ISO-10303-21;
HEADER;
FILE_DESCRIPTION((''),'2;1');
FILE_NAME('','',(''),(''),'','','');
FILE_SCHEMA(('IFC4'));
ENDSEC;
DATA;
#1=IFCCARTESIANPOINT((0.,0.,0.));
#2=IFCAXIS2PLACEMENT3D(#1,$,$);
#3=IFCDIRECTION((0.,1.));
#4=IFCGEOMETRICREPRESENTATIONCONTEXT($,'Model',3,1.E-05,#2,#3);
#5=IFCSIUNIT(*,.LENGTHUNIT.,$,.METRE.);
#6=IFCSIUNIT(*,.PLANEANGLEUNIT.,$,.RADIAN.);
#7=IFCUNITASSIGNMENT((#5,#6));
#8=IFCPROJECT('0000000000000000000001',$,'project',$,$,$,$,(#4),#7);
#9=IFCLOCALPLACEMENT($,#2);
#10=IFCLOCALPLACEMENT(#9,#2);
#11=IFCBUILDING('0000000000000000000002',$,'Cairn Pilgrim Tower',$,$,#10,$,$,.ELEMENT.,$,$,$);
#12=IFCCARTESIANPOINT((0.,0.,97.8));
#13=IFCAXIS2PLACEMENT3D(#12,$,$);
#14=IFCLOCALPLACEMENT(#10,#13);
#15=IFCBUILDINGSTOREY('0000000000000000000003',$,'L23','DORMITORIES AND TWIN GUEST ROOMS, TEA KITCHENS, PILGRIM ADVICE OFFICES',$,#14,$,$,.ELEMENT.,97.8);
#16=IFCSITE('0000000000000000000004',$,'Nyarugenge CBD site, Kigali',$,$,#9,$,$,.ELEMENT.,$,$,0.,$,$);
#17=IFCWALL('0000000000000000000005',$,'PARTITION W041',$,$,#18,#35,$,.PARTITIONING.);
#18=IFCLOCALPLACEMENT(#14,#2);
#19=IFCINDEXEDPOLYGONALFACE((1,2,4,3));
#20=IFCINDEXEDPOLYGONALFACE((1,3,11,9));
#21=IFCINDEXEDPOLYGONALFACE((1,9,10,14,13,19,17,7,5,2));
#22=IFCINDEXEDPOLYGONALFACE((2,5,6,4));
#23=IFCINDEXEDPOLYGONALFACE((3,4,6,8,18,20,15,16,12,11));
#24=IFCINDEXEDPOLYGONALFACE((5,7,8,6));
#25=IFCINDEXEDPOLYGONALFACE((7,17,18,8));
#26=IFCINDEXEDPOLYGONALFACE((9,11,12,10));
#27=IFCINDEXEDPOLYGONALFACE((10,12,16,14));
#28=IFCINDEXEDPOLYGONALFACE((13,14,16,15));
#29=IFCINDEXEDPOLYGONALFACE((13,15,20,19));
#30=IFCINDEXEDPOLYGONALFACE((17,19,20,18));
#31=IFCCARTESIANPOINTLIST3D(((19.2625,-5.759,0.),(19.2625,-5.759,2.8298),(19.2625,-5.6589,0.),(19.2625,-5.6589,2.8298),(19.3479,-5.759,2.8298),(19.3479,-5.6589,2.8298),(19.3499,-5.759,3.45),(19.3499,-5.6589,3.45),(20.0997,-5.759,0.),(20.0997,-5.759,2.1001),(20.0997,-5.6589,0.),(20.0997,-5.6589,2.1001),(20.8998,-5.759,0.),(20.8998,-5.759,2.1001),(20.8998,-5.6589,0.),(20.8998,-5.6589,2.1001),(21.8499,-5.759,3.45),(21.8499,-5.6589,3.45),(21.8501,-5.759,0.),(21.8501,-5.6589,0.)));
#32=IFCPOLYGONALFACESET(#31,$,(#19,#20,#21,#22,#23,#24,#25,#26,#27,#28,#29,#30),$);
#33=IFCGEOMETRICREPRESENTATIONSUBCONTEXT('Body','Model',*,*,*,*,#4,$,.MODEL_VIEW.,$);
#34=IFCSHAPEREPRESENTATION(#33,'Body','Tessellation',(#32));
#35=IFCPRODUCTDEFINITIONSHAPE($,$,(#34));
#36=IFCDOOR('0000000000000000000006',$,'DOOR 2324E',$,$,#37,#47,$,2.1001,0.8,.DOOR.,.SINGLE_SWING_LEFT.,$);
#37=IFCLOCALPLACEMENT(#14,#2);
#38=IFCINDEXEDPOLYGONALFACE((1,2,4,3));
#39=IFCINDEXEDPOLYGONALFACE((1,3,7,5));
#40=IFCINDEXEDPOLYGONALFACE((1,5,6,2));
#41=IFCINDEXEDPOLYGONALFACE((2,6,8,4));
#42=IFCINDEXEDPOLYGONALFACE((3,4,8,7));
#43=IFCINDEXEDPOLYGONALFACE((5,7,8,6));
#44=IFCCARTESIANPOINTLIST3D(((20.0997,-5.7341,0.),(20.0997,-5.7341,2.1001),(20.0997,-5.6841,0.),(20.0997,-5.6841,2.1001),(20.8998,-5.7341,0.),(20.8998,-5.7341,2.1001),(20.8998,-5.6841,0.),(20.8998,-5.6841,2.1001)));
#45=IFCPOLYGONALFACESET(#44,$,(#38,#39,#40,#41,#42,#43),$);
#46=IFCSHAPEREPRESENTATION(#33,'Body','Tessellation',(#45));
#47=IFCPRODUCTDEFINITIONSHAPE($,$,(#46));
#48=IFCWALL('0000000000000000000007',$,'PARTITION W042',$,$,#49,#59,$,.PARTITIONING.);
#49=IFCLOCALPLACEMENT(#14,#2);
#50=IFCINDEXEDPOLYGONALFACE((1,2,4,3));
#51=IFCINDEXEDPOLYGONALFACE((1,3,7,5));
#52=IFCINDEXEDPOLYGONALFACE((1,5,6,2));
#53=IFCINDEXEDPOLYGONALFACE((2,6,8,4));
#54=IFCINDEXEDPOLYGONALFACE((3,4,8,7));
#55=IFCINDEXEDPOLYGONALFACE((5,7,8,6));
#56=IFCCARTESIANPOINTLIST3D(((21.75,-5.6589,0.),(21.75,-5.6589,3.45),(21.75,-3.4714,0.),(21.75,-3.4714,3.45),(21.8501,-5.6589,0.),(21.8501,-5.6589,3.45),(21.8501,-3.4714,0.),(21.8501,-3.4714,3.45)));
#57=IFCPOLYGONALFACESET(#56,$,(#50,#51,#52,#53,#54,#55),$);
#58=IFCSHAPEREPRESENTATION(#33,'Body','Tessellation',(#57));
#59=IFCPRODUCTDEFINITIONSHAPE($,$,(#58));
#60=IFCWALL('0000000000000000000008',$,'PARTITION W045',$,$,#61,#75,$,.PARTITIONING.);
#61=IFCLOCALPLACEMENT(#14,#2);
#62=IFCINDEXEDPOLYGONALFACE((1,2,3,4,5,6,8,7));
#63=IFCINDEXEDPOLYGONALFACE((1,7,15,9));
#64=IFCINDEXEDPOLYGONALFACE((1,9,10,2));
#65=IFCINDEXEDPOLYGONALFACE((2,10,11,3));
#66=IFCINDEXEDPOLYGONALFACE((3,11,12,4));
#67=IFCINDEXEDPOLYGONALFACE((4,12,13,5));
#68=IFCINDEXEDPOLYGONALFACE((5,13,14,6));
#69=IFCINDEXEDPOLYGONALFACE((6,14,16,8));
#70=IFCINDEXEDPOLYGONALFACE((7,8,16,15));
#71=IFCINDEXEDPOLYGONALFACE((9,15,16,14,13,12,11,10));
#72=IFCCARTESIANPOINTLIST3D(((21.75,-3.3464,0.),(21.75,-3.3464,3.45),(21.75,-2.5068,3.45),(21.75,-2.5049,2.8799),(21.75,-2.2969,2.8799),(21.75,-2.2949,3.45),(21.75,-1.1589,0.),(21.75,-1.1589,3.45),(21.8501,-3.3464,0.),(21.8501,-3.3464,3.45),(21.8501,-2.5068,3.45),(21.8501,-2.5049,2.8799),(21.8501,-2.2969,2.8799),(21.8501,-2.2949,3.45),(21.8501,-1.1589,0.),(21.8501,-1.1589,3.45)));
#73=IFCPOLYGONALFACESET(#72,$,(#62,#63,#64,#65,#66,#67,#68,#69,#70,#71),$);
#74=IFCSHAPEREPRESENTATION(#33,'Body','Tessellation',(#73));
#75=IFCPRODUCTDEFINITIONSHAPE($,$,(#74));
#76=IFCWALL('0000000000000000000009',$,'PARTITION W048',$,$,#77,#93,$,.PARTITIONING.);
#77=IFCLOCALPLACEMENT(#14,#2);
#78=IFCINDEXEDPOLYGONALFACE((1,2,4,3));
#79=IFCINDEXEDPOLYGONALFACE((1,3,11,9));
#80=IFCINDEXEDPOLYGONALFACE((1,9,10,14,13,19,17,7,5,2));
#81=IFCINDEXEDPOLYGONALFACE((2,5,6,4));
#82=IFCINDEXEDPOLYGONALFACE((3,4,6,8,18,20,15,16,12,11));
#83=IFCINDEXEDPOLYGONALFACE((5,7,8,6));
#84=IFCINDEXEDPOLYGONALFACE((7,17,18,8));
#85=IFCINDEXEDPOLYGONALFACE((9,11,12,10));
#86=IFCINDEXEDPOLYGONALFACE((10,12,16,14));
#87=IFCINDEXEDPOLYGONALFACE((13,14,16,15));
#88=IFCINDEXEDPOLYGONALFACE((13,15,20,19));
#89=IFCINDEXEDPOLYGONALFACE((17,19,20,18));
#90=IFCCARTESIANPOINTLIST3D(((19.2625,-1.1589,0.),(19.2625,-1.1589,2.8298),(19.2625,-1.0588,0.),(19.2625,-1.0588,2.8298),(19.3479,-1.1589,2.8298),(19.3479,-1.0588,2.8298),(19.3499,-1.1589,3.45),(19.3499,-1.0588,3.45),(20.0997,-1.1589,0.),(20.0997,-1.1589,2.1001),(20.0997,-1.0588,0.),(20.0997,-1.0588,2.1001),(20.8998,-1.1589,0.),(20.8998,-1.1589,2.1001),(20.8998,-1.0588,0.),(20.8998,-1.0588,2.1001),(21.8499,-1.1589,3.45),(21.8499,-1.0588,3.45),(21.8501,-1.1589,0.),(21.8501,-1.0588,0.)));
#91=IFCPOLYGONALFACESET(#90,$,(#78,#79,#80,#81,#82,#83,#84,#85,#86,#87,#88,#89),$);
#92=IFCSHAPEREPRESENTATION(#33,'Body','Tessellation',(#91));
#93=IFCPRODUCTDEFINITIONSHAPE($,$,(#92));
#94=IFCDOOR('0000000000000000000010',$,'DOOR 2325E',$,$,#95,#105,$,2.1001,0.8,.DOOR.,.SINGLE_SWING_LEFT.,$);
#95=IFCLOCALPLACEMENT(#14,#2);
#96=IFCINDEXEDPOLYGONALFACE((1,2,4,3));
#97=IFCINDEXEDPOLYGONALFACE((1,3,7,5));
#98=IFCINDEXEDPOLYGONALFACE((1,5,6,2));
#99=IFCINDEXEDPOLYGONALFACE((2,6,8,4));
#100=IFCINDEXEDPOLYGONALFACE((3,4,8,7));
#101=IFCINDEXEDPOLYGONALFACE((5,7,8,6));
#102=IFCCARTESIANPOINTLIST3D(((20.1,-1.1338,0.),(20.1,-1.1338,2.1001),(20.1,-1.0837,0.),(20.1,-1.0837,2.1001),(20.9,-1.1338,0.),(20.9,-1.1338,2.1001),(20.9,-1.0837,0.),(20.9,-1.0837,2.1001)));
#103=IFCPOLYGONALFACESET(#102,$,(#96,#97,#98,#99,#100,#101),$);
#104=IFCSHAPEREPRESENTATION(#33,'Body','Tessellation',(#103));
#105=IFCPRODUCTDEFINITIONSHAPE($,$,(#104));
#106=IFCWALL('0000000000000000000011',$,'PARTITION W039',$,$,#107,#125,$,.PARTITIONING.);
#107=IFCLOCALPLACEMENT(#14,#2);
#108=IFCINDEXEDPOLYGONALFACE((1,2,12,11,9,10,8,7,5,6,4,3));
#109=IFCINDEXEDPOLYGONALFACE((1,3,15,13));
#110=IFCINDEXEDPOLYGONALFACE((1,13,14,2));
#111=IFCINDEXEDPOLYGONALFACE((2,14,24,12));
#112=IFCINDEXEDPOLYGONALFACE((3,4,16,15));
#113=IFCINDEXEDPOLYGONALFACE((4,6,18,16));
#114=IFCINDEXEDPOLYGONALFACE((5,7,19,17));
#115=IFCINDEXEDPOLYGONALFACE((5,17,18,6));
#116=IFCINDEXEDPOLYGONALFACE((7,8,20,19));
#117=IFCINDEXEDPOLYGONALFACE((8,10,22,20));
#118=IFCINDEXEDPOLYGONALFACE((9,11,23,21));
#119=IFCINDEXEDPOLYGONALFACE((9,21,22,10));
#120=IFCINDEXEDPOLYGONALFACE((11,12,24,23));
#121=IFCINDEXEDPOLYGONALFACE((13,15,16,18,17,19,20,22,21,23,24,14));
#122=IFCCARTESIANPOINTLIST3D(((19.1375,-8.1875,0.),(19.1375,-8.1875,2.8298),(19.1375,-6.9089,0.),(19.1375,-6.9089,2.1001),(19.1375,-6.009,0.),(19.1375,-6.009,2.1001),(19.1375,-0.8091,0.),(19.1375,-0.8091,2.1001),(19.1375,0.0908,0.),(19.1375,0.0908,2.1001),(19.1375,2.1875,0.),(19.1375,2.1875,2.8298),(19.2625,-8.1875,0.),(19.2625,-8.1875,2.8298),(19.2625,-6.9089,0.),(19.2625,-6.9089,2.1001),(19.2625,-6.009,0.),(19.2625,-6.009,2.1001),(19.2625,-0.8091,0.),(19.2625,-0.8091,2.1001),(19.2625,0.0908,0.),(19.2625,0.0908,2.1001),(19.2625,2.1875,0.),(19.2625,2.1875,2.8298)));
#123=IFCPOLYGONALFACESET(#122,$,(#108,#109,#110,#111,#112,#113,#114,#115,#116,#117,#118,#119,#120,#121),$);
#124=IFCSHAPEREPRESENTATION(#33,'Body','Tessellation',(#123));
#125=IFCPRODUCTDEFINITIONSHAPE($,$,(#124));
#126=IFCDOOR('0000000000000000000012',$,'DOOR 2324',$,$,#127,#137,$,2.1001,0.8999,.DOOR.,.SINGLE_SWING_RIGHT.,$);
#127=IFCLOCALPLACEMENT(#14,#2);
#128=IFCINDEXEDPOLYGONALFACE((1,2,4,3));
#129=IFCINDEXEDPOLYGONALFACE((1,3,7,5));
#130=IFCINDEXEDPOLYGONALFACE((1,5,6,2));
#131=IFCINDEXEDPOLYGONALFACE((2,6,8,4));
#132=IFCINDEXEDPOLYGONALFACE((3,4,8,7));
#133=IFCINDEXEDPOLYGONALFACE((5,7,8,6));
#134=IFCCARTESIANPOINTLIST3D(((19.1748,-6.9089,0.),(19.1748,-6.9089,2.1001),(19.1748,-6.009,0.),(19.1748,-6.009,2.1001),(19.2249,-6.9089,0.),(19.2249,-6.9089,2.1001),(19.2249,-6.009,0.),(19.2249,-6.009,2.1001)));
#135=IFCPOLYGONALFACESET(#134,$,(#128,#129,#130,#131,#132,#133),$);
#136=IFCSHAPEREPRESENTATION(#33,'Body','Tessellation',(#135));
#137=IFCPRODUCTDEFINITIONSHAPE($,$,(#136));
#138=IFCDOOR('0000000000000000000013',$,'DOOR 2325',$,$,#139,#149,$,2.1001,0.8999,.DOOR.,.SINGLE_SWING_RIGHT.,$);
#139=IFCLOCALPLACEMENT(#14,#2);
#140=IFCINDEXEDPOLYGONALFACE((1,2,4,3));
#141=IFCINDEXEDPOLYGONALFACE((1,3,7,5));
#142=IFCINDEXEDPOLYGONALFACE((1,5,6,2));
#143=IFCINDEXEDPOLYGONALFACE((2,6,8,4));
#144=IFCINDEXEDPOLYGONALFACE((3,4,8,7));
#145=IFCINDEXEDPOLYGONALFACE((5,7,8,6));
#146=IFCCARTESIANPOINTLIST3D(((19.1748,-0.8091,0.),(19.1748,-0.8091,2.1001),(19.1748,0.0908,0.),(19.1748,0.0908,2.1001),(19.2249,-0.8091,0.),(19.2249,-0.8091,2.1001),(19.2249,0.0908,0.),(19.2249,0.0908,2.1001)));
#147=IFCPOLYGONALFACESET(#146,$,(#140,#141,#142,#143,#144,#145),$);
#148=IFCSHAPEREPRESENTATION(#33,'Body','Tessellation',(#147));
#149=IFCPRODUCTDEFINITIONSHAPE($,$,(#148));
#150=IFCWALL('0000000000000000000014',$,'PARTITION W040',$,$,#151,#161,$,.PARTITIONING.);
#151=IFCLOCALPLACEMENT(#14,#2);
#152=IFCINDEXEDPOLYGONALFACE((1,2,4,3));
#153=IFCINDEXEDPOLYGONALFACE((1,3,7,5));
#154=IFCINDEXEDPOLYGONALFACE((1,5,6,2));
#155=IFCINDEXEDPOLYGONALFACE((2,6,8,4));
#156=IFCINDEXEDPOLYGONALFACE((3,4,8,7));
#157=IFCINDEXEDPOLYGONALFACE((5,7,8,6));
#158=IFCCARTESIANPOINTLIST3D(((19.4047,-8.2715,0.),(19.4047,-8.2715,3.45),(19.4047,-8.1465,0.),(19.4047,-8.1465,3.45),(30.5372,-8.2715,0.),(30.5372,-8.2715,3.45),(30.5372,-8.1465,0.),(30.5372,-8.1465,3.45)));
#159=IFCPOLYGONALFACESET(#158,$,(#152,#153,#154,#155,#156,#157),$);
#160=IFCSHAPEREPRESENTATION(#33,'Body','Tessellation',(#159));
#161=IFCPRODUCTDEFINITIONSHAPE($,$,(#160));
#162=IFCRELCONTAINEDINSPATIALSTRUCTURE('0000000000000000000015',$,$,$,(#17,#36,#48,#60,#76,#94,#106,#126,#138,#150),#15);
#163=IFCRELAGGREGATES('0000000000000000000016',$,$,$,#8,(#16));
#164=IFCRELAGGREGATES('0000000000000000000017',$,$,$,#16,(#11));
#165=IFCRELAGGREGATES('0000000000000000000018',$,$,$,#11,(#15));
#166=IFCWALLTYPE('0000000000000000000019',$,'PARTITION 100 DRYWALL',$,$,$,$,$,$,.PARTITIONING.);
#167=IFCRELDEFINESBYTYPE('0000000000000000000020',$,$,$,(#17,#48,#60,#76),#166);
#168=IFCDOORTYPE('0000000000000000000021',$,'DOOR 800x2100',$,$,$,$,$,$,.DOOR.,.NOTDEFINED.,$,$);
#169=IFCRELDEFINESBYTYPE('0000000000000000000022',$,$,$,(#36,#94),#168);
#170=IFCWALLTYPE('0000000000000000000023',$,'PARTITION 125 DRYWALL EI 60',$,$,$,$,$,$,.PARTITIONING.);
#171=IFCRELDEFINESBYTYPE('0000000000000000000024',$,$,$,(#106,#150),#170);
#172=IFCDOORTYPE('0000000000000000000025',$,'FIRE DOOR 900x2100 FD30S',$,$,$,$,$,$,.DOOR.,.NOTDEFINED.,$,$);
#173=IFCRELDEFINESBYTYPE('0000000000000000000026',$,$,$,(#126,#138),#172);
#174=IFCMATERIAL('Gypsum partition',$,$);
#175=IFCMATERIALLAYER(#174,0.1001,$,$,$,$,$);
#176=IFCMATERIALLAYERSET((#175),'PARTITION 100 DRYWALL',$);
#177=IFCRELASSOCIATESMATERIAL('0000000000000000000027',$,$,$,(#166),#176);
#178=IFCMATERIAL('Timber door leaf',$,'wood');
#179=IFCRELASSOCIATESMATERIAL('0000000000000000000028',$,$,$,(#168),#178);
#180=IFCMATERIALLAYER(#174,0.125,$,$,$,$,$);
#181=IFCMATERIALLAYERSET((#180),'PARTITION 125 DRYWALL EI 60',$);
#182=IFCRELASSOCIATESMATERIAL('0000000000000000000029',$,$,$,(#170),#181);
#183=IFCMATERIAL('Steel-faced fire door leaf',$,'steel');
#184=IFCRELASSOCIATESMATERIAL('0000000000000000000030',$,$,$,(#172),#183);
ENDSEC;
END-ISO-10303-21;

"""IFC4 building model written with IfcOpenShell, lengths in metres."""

from ifc_helpers import new_model, si_unit, direction, frame, frame_2d, origin, place, context, subcontext, project, spatial, polyline, rectangle, outline, extrude, material, layer, layer_set, type_object, element, fill, save


model = new_model("IFC4")

# Units and contexts
model_context = context("Model", 3, precision=1e-05, world=origin(), true_north=direction((0.0, 1.0)))
body_context = subcontext(model_context, "Body", "Model", "MODEL_VIEW")
ifc_project = project(units=[si_unit("LENGTHUNIT", "METRE"), si_unit("PLANEANGLEUNIT", "RADIAN")], contexts=[model_context])

# Site, building, storey
site_placement = place(None, origin())
site = spatial("IfcSite", under=ifc_project, at=site_placement, Name="Nyarugenge CBD site, Kigali", CompositionType="ELEMENT", RefElevation=0.0)
building_placement = place(site_placement, origin())
building = spatial("IfcBuilding", under=site, at=building_placement, Name="Cairn Pilgrim Tower", CompositionType="ELEMENT")
storey_placement = place(building_placement, frame((0.0, 0.0, 97.8)))
storey = spatial("IfcBuildingStorey", under=building, at=storey_placement, Name="L23", Description="DORMITORIES AND TWIN GUEST ROOMS, TEA KITCHENS, PILGRIM ADVICE OFFICES", CompositionType="ELEMENT", Elevation=97.8)

# Wall, opening, door
ifc_material_1 = material(Name="Gypsum partition")
ifc_layer_1 = layer(ifc_material_1, 0.1001)
ifc_layer_set_1 = layer_set([ifc_layer_1], Name="PARTITION 100 DRYWALL")
wall_type_1 = type_object("IfcWallType", Name="PARTITION 100 DRYWALL", PredefinedType="PARTITIONING", material=ifc_layer_set_1)
wall_1_placement = place(storey_placement, frame((19.2625, -5.709, 0.0), z_axis=(0.0, 0.0, 1.0), x_axis=(1.0, 0.0, 0.0)))
wall_1 = element("IfcWall", 1, at=wall_1_placement, inside=storey, type_object=wall_type_1, Name="PARTITION W041", PredefinedType="PARTITIONING", context=body_context, shape_type="SweptSolid", body=[
    extrude(outline(polyline([(0.0, 0.0), (2.5876, 0.0), (2.5874, 3.45), (0.0874, 3.45), (0.0854, 2.8298), (0.0, 2.8298), (0.0, 0.0)])), frame((0.0, 0.05, 0.0), z_axis=(0.0, -1.0, 0.0), x_axis=(1.0, 0.0, 0.0)), (0.0, 0.0, 1.0), 0.1001),
])
opening_1_placement = place(wall_1_placement, frame((0.8374, 0.0, 0.0)))
opening_1 = element("IfcOpeningElement", 2, at=opening_1_placement, cuts=wall_1, PredefinedType="OPENING", context=body_context, shape_type="SweptSolid", body=[
    extrude(rectangle(XDim=0.8, YDim=2.1001, at=frame_2d((0.3999, 1.05))), frame((0.0, 0.0601, 0.0), z_axis=(0.0, -1.0, 0.0), x_axis=(1.0, 0.0, 0.0)), (0.0, 0.0, 1.0), 0.1201),
])
ifc_material_2 = material(Name="Timber door leaf", Category="wood")
door_type_1 = type_object("IfcDoorType", Name="DOOR 800x2100", OperationType="NOTDEFINED", PredefinedType="DOOR", material=ifc_material_2)
door_1_placement = place(opening_1_placement, origin())
door_1 = element("IfcDoor", 3, at=door_1_placement, inside=storey, type_object=door_type_1, Name="DOOR 2324E", OperationType="SINGLE_SWING_LEFT", OverallHeight=2.1001, OverallWidth=0.8, PredefinedType="DOOR", context=body_context, shape_type="SweptSolid", body=[
    extrude(rectangle(XDim=0.8, YDim=2.1001, at=frame_2d((0.3999, 1.05))), frame((0.0, 0.0249, 0.0), z_axis=(0.0, -1.0, 0.0), x_axis=(1.0, 0.0, 0.0)), (0.0, 0.0, 1.0), 0.05),
])
fill(opening_1, door_1)

# Walls
wall_2_placement = place(storey_placement, frame((21.8, -5.6589, 0.0), z_axis=(0.0, 0.0, 1.0), x_axis=(0.0, 1.0, 0.0)))
element("IfcWall", 4, at=wall_2_placement, inside=storey, type_object=wall_type_1, Name="PARTITION W042", PredefinedType="PARTITIONING", context=body_context, shape_type="SweptSolid", body=[
    extrude(rectangle(XDim=2.1875, YDim=0.1001, at=frame_2d((1.0938, 0.0))), origin(), (0.0, 0.0, 1.0), 3.45),
])
wall_3_placement = place(storey_placement, frame((21.8, -3.3464, 0.0), z_axis=(0.0, 0.0, 1.0), x_axis=(0.0, 1.0, 0.0)))
element("IfcWall", 5, at=wall_3_placement, inside=storey, type_object=wall_type_1, Name="PARTITION W045", PredefinedType="PARTITIONING", context=body_context, shape_type="SweptSolid", body=[
    extrude(outline(polyline([(0.0, 0.0), (2.1875, 0.0), (2.1875, 3.45), (1.0515, 3.45), (1.0496, 2.8799), (0.8416, 2.8799), (0.8396, 3.45), (0.0, 3.45), (0.0, 0.0)])), frame((0.0, 0.05, 0.0), z_axis=(0.0, -1.0, 0.0), x_axis=(1.0, 0.0, 0.0)), (0.0, 0.0, 1.0), 0.1001),
])

# Wall, opening, door
wall_4_placement = place(storey_placement, frame((19.2625, -1.1089, 0.0), z_axis=(0.0, 0.0, 1.0), x_axis=(1.0, 0.0, 0.0)))
wall_4 = element("IfcWall", 6, at=wall_4_placement, inside=storey, type_object=wall_type_1, Name="PARTITION W048", PredefinedType="PARTITIONING", context=body_context, shape_type="SweptSolid", body=[
    extrude(outline(polyline([(0.0, 0.0), (2.5876, 0.0), (2.5874, 3.45), (0.0874, 3.45), (0.0854, 2.8298), (0.0, 2.8298), (0.0, 0.0)])), frame((0.0, 0.05, 0.0), z_axis=(0.0, -1.0, 0.0), x_axis=(1.0, 0.0, 0.0)), (0.0, 0.0, 1.0), 0.1001),
])
opening_2_placement = place(wall_4_placement, frame((0.8374, 0.0, 0.0)))
opening_2 = element("IfcOpeningElement", 7, at=opening_2_placement, cuts=wall_4, PredefinedType="OPENING", context=body_context, shape_type="SweptSolid", body=[
    extrude(rectangle(XDim=0.8, YDim=2.1001, at=frame_2d((0.3999, 1.05))), frame((0.0, 0.0601, 0.0), z_axis=(0.0, -1.0, 0.0), x_axis=(1.0, 0.0, 0.0)), (0.0, 0.0, 1.0), 0.1201),
])
door_2_placement = place(opening_2_placement, frame((0.8, 0.0, 0.0), z_axis=(0.0, 0.0, 1.0), x_axis=(-1.0, 0.0, 0.0)))
door_2 = element("IfcDoor", 8, at=door_2_placement, inside=storey, type_object=door_type_1, Name="DOOR 2325E", OperationType="SINGLE_SWING_LEFT", OverallHeight=2.1001, OverallWidth=0.8, PredefinedType="DOOR", context=body_context, shape_type="SweptSolid", body=[
    extrude(rectangle(XDim=0.8, YDim=2.1001, at=frame_2d((0.3999, 1.05))), frame((0.0, 0.0249, 0.0), z_axis=(0.0, -1.0, 0.0), x_axis=(1.0, 0.0, 0.0)), (0.0, 0.0, 1.0), 0.05),
])
fill(opening_2, door_2)

# Wall, openings, doors
ifc_layer_2 = layer(ifc_material_1, 0.125)
ifc_layer_set_2 = layer_set([ifc_layer_2], Name="PARTITION 125 DRYWALL EI 60")
wall_type_2 = type_object("IfcWallType", Name="PARTITION 125 DRYWALL EI 60", PredefinedType="PARTITIONING", material=ifc_layer_set_2)
wall_5_placement = place(storey_placement, frame((19.2, -8.1875, 0.0), z_axis=(0.0, 0.0, 1.0), x_axis=(0.0, 1.0, 0.0)))
wall_5 = element("IfcWall", 9, at=wall_5_placement, inside=storey, type_object=wall_type_2, Name="PARTITION W039", PredefinedType="PARTITIONING", context=body_context, shape_type="SweptSolid", body=[
    extrude(rectangle(XDim=10.375, YDim=0.125, at=frame_2d((5.1875, 0.0))), origin(), (0.0, 0.0, 1.0), 2.8298),
])
opening_3_placement = place(wall_5_placement, frame((1.2786, 0.0, 0.0)))
opening_3 = element("IfcOpeningElement", 10, at=opening_3_placement, cuts=wall_5, PredefinedType="OPENING", context=body_context, shape_type="SweptSolid", body=[
    extrude(rectangle(XDim=0.8999, YDim=2.1001, at=frame_2d((0.45, 1.05))), frame((0.0, 0.0725, 0.0), z_axis=(0.0, -1.0, 0.0), x_axis=(1.0, 0.0, 0.0)), (0.0, 0.0, 1.0), 0.145),
])
opening_4_placement = place(wall_5_placement, frame((7.3784, 0.0, 0.0)))
opening_4 = element("IfcOpeningElement", 11, at=opening_4_placement, cuts=wall_5, PredefinedType="OPENING", context=body_context, shape_type="SweptSolid", body=[
    extrude(rectangle(XDim=0.8999, YDim=2.1001, at=frame_2d((0.45, 1.05))), frame((0.0, 0.0725, 0.0), z_axis=(0.0, -1.0, 0.0), x_axis=(1.0, 0.0, 0.0)), (0.0, 0.0, 1.0), 0.145),
])
ifc_material_3 = material(Name="Steel-faced fire door leaf", Category="steel")
door_type_2 = type_object("IfcDoorType", Name="FIRE DOOR 900x2100 FD30S", OperationType="NOTDEFINED", PredefinedType="DOOR", material=ifc_material_3)
door_3_placement = place(opening_3_placement, frame((0.8999, 0.0, 0.0), z_axis=(0.0, 0.0, 1.0), x_axis=(-1.0, 0.0, 0.0)))
door_3 = element("IfcDoor", 12, at=door_3_placement, inside=storey, type_object=door_type_2, Name="DOOR 2324", OperationType="SINGLE_SWING_RIGHT", OverallHeight=2.1001, OverallWidth=0.8999, PredefinedType="DOOR", context=body_context, shape_type="SweptSolid", body=[
    extrude(rectangle(XDim=0.8999, YDim=2.1001, at=frame_2d((0.45, 1.05))), frame((0.0, 0.0249, 0.0), z_axis=(0.0, -1.0, 0.0), x_axis=(1.0, 0.0, 0.0)), (0.0, 0.0, 1.0), 0.05),
])
fill(opening_3, door_3)
door_4_placement = place(opening_4_placement, frame((0.8999, 0.0, 0.0), z_axis=(0.0, 0.0, 1.0), x_axis=(-1.0, 0.0, 0.0)))
door_4 = element("IfcDoor", 13, at=door_4_placement, inside=storey, type_object=door_type_2, Name="DOOR 2325", OperationType="SINGLE_SWING_RIGHT", OverallHeight=2.1001, OverallWidth=0.8999, PredefinedType="DOOR", context=body_context, shape_type="SweptSolid", body=[
    extrude(rectangle(XDim=0.8999, YDim=2.1001, at=frame_2d((0.45, 1.05))), frame((0.0, 0.0249, 0.0), z_axis=(0.0, -1.0, 0.0), x_axis=(1.0, 0.0, 0.0)), (0.0, 0.0, 1.0), 0.05),
])
fill(opening_4, door_4)

# Wall
wall_6_placement = place(storey_placement, frame((19.4045, -8.209, 0.0), z_axis=(0.0, 0.0, 1.0), x_axis=(1.0, 0.0, 0.0)))
element("IfcWall", 14, at=wall_6_placement, inside=storey, type_object=wall_type_2, Name="PARTITION W040", PredefinedType="PARTITIONING", context=body_context, shape_type="SweptSolid", body=[
    extrude(rectangle(XDim=11.1326, YDim=0.125, at=frame_2d((5.5664, 0.0))), origin(), (0.0, 0.0, 1.0), 3.45),
])

save(model, "model.ifc")
